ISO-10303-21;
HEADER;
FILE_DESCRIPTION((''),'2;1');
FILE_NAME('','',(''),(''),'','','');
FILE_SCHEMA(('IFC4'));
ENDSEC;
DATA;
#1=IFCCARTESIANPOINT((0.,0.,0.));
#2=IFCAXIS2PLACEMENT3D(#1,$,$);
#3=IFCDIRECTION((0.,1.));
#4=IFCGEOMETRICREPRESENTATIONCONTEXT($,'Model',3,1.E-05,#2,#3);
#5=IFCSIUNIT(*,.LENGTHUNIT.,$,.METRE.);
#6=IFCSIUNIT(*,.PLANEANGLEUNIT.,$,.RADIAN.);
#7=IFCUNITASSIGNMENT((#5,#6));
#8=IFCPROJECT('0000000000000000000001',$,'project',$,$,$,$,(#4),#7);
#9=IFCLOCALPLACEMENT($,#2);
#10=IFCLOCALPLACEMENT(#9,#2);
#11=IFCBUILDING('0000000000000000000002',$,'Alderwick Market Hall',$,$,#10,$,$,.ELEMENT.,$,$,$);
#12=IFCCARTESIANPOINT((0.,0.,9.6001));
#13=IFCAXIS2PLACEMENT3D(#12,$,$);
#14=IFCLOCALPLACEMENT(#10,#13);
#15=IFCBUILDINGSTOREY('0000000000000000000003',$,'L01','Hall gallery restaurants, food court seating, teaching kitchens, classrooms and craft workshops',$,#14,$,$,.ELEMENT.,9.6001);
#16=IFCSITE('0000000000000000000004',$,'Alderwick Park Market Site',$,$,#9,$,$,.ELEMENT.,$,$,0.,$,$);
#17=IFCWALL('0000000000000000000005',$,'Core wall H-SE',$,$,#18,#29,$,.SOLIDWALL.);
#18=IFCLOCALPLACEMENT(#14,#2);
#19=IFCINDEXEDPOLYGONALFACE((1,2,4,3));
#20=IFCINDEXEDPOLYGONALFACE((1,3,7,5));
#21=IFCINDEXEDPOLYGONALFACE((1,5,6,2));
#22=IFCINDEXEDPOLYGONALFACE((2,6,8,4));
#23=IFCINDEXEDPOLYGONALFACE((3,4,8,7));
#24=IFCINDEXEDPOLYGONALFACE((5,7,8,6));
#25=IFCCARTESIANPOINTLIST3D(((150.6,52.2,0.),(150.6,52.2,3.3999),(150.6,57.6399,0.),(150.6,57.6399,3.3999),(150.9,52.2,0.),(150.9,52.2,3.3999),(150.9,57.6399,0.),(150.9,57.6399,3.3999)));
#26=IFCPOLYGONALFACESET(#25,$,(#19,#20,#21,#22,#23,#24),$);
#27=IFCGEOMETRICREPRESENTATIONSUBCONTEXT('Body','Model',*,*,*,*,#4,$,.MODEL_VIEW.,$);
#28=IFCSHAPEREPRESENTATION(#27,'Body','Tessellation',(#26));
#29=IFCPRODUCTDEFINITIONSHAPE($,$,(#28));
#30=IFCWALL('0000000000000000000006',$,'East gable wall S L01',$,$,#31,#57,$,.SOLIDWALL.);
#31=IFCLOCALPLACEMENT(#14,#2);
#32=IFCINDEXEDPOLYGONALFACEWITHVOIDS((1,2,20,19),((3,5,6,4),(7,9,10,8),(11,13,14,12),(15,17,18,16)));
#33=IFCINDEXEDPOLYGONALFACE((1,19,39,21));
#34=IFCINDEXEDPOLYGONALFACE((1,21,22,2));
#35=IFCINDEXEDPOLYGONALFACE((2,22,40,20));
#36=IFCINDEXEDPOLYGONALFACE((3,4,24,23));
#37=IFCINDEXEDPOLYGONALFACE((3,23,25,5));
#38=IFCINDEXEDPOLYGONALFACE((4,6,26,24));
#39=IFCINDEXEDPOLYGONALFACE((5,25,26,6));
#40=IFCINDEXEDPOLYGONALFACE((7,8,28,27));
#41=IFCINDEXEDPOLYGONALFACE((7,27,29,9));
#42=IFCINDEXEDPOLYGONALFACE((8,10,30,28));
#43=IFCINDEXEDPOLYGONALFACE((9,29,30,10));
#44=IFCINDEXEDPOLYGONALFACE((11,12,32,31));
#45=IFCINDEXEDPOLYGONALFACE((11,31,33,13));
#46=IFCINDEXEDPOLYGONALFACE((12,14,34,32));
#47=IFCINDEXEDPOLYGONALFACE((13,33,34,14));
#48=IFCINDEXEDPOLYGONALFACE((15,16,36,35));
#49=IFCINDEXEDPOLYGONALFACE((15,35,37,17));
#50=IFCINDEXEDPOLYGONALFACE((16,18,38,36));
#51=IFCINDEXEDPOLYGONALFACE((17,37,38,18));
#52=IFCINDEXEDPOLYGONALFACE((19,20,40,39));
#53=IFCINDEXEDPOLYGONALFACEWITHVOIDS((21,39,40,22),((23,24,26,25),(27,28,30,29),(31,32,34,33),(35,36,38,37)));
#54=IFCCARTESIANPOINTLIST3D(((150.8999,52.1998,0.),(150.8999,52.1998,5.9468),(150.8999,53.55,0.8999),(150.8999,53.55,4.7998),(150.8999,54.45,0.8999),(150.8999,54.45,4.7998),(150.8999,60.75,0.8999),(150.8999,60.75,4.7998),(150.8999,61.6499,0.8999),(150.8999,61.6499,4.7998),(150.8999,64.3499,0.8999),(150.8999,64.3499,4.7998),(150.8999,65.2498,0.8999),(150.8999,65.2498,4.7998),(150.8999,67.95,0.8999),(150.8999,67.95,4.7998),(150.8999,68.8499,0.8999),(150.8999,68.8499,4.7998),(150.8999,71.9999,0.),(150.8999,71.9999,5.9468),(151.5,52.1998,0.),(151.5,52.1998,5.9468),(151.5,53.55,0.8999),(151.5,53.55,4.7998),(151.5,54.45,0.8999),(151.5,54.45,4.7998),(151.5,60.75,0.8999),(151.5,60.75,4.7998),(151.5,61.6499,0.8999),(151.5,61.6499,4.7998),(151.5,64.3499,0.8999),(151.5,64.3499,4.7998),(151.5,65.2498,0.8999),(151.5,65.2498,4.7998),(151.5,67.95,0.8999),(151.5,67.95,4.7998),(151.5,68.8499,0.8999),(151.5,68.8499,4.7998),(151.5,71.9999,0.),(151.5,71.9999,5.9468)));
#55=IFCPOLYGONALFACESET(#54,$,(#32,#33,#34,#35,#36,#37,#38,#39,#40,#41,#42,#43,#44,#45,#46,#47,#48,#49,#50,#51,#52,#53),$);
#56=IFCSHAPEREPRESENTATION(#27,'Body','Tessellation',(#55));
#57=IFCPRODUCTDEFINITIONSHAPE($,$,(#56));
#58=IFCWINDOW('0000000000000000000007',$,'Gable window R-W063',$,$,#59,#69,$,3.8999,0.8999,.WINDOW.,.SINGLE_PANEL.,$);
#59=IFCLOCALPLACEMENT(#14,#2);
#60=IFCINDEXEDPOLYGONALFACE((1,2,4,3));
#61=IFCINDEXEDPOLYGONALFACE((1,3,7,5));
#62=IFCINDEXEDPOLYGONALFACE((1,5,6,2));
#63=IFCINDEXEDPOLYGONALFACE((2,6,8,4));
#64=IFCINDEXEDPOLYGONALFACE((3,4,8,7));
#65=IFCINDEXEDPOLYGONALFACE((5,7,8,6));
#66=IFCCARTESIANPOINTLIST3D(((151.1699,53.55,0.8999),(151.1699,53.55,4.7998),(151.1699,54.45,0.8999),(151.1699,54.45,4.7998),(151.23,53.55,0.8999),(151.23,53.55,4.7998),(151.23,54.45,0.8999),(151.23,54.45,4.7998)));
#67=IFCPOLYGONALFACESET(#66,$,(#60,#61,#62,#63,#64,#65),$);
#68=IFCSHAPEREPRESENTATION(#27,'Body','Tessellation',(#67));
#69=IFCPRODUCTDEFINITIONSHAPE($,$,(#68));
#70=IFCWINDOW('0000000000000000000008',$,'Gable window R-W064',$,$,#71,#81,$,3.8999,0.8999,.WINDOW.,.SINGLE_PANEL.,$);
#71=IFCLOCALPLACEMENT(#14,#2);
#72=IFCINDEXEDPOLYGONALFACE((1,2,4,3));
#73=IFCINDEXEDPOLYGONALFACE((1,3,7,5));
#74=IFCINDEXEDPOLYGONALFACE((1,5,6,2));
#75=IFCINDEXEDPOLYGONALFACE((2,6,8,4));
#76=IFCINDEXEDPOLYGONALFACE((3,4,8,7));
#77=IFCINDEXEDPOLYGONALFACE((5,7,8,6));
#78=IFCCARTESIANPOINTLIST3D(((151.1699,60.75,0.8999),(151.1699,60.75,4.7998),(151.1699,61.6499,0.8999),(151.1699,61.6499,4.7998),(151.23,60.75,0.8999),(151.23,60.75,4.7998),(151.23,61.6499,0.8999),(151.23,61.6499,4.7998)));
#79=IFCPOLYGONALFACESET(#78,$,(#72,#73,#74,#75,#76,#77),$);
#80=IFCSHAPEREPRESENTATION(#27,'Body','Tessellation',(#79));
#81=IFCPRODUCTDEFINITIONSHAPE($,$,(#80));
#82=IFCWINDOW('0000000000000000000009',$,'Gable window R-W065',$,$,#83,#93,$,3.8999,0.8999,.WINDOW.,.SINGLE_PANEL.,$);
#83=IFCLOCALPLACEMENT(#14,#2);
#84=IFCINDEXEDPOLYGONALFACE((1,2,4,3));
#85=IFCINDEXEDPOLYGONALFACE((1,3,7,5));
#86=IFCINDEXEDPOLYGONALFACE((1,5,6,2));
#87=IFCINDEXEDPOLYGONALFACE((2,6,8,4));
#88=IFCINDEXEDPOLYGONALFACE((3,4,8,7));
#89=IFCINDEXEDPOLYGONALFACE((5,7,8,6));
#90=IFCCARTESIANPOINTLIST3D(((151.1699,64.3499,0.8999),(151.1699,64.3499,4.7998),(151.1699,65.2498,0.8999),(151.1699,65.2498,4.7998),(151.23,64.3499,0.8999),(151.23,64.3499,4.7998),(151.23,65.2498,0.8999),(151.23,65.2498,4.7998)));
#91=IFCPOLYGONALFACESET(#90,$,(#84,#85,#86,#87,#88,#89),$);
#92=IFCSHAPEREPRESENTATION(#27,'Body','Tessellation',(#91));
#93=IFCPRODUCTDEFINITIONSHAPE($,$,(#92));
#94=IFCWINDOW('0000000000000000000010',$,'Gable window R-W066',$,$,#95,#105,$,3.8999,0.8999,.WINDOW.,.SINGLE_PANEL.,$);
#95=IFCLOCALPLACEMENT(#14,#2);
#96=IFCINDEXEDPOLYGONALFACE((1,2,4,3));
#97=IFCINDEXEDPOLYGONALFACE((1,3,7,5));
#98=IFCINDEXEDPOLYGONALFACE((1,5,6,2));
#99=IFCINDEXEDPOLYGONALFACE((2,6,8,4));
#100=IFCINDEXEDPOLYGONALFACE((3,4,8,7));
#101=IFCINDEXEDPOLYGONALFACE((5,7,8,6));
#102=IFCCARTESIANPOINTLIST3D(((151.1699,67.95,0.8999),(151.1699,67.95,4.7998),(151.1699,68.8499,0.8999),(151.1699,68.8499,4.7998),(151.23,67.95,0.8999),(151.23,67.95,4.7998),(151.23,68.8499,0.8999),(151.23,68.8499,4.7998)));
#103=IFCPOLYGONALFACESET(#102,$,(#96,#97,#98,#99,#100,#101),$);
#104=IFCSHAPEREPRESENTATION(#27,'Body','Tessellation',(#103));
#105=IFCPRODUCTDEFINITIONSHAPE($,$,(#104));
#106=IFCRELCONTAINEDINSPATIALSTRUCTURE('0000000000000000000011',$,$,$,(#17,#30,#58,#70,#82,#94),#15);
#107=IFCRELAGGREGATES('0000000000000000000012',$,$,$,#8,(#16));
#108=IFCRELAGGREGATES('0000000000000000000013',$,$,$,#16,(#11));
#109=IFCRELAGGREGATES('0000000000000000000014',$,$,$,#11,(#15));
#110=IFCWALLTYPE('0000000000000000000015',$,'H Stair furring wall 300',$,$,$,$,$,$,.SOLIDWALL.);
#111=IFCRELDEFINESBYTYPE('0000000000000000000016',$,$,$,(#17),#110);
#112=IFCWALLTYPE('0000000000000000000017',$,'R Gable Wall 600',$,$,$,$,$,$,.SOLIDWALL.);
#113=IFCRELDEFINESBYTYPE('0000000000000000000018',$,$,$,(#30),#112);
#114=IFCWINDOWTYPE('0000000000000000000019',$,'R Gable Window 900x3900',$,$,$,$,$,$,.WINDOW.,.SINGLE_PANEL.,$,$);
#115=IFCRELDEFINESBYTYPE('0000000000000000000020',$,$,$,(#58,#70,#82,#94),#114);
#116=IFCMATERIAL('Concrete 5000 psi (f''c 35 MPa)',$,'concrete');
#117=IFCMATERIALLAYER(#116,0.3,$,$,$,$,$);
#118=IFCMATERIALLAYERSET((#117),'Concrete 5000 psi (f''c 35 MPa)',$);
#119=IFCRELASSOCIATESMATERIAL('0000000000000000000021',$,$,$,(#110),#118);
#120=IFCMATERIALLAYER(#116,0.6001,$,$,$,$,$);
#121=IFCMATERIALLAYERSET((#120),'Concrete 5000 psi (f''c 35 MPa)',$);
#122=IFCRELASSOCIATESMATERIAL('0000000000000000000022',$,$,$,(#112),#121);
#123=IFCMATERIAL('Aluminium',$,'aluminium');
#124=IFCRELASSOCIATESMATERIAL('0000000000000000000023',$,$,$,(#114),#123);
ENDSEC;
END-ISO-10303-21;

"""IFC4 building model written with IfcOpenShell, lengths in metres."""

from ifc_helpers import new_model, si_unit, direction, frame, frame_2d, origin, place, context, subcontext, project, spatial, rectangle, extrude, material, layer, layer_set, type_object, element, fill, save


model = new_model("IFC4")

# Units and contexts
model_context = context("Model", 3, precision=1e-05, world=origin(), true_north=direction((0.0, 1.0)))
body_context = subcontext(model_context, "Body", "Model", "MODEL_VIEW")
ifc_project = project(units=[si_unit("LENGTHUNIT", "METRE"), si_unit("PLANEANGLEUNIT", "RADIAN")], contexts=[model_context])

# Site, building, storey
site_placement = place(None, origin())
site = spatial("IfcSite", under=ifc_project, at=site_placement, Name="Alderwick Park Market Site", CompositionType="ELEMENT", RefElevation=0.0)
building_placement = place(site_placement, origin())
building = spatial("IfcBuilding", under=site, at=building_placement, Name="Alderwick Market Hall", CompositionType="ELEMENT")
storey_placement = place(building_placement, frame((0.0, 0.0, 9.6001)))
storey = spatial("IfcBuildingStorey", under=building, at=storey_placement, Name="L01", Description="Hall gallery restaurants, food court seating, teaching kitchens, classrooms and craft workshops", CompositionType="ELEMENT", Elevation=9.6001)

# Shared definitions
ifc_material_1 = material(Name="Concrete 5000 psi (f'c 35 MPa)", Category="concrete")

# Shared definitions
ifc_material_2 = material(Name="Aluminium", Category="aluminium")

# Wall
ifc_layer_1 = layer(ifc_material_1, 0.3)
ifc_layer_set_1 = layer_set([ifc_layer_1], Name="Concrete 5000 psi (f'c 35 MPa)")
wall_type_1 = type_object("IfcWallType", Name="H Stair furring wall 300", PredefinedType="SOLIDWALL", material=ifc_layer_set_1)
wall_1_placement = place(storey_placement, frame((150.75, 52.2, 0.0), z_axis=(0.0, 0.0, 1.0), x_axis=(0.0, 1.0, 0.0)))
element("IfcWall", 1, at=wall_1_placement, inside=storey, type_object=wall_type_1, Name="Core wall H-SE", PredefinedType="SOLIDWALL", context=body_context, shape_type="SweptSolid", body=[
    extrude(rectangle(XDim=5.4399, YDim=0.3, at=frame_2d((2.72, 0.0))), origin(), (0.0, 0.0, 1.0), 3.3999),
])

# Wall, openings, windows
ifc_layer_2 = layer(ifc_material_1, 0.6001)
ifc_layer_set_2 = layer_set([ifc_layer_2], Name="Concrete 5000 psi (f'c 35 MPa)")
wall_type_2 = type_object("IfcWallType", Name="R Gable Wall 600", PredefinedType="SOLIDWALL", material=ifc_layer_set_2)
wall_2_placement = place(storey_placement, frame((151.2, 52.2, 0.0), z_axis=(0.0, 0.0, 1.0), x_axis=(0.0, 1.0, 0.0)))
wall_2 = element("IfcWall", 2, at=wall_2_placement, inside=storey, type_object=wall_type_2, Name="East gable wall S L01", PredefinedType="SOLIDWALL", context=body_context, shape_type="SweptSolid", body=[
    extrude(rectangle(XDim=19.8, YDim=0.6001, at=frame_2d((9.8999, 0.0))), origin(), (0.0, 0.0, 1.0), 5.9468),
])
opening_1_placement = place(wall_2_placement, frame((1.3501, 0.0, 0.8999)))
opening_1 = element("IfcOpeningElement", 3, at=opening_1_placement, cuts=wall_2, PredefinedType="OPENING", context=body_context, shape_type="SweptSolid", body=[
    extrude(rectangle(XDim=0.8999, YDim=3.8999, at=frame_2d((0.45, 1.95))), frame((0.0, 0.3101, 0.0), z_axis=(0.0, -1.0, 0.0), x_axis=(1.0, 0.0, 0.0)), (0.0, 0.0, 1.0), 0.6201),
])
opening_2_placement = place(wall_2_placement, frame((8.55, 0.0, 0.8999)))
opening_2 = element("IfcOpeningElement", 4, at=opening_2_placement, cuts=wall_2, PredefinedType="OPENING", context=body_context, shape_type="SweptSolid", body=[
    extrude(rectangle(XDim=0.8999, YDim=3.8999, at=frame_2d((0.45, 1.95))), frame((0.0, 0.3101, 0.0), z_axis=(0.0, -1.0, 0.0), x_axis=(1.0, 0.0, 0.0)), (0.0, 0.0, 1.0), 0.6201),
])
opening_3_placement = place(wall_2_placement, frame((12.1499, 0.0, 0.8999)))
opening_3 = element("IfcOpeningElement", 5, at=opening_3_placement, cuts=wall_2, PredefinedType="OPENING", context=body_context, shape_type="SweptSolid", body=[
    extrude(rectangle(XDim=0.8999, YDim=3.8999, at=frame_2d((0.45, 1.95))), frame((0.0, 0.3101, 0.0), z_axis=(0.0, -1.0, 0.0), x_axis=(1.0, 0.0, 0.0)), (0.0, 0.0, 1.0), 0.6201),
])
opening_4_placement = place(wall_2_placement, frame((15.75, 0.0, 0.8999)))
opening_4 = element("IfcOpeningElement", 6, at=opening_4_placement, cuts=wall_2, PredefinedType="OPENING", context=body_context, shape_type="SweptSolid", body=[
    extrude(rectangle(XDim=0.8999, YDim=3.8999, at=frame_2d((0.45, 1.95))), frame((0.0, 0.3101, 0.0), z_axis=(0.0, -1.0, 0.0), x_axis=(1.0, 0.0, 0.0)), (0.0, 0.0, 1.0), 0.6201),
])
window_type = type_object("IfcWindowType", Name="R Gable Window 900x3900", PartitioningType="SINGLE_PANEL", PredefinedType="WINDOW", material=ifc_material_2)
window_1_placement = place(opening_1_placement, origin())
window_1 = element("IfcWindow", 7, at=window_1_placement, inside=storey, type_object=window_type, Name="Gable window R-W063", OverallHeight=3.8999, OverallWidth=0.8999, PartitioningType="SINGLE_PANEL", PredefinedType="WINDOW", context=body_context, shape_type="SweptSolid", body=[
    extrude(rectangle(XDim=0.8999, YDim=3.8999, at=frame_2d((0.45, 1.95))), frame((0.0, 0.03, 0.0), z_axis=(0.0, -1.0, 0.0), x_axis=(1.0, 0.0, 0.0)), (0.0, 0.0, 1.0), 0.0601),
])
fill(opening_1, window_1)
window_2_placement = place(opening_2_placement, origin())
window_2 = element("IfcWindow", 8, at=window_2_placement, inside=storey, type_object=window_type, Name="Gable window R-W064", OverallHeight=3.8999, OverallWidth=0.8999, PartitioningType="SINGLE_PANEL", PredefinedType="WINDOW", context=body_context, shape_type="SweptSolid", body=[
    extrude(rectangle(XDim=0.8999, YDim=3.8999, at=frame_2d((0.45, 1.95))), frame((0.0, 0.03, 0.0), z_axis=(0.0, -1.0, 0.0), x_axis=(1.0, 0.0, 0.0)), (0.0, 0.0, 1.0), 0.0601),
])
fill(opening_2, window_2)
window_3_placement = place(opening_3_placement, origin())
window_3 = element("IfcWindow", 9, at=window_3_placement, inside=storey, type_object=window_type, Name="Gable window R-W065", OverallHeight=3.8999, OverallWidth=0.8999, PartitioningType="SINGLE_PANEL", PredefinedType="WINDOW", context=body_context, shape_type="SweptSolid", body=[
    extrude(rectangle(XDim=0.8999, YDim=3.8999, at=frame_2d((0.45, 1.95))), frame((0.0, 0.03, 0.0), z_axis=(0.0, -1.0, 0.0), x_axis=(1.0, 0.0, 0.0)), (0.0, 0.0, 1.0), 0.0601),
])
fill(opening_3, window_3)
window_4_placement = place(opening_4_placement, origin())
window_4 = element("IfcWindow", 10, at=window_4_placement, inside=storey, type_object=window_type, Name="Gable window R-W066", OverallHeight=3.8999, OverallWidth=0.8999, PartitioningType="SINGLE_PANEL", PredefinedType="WINDOW", context=body_context, shape_type="SweptSolid", body=[
    extrude(rectangle(XDim=0.8999, YDim=3.8999, at=frame_2d((0.45, 1.95))), frame((0.0, 0.03, 0.0), z_axis=(0.0, -1.0, 0.0), x_axis=(1.0, 0.0, 0.0)), (0.0, 0.0, 1.0), 0.0601),
])
fill(opening_4, window_4)

save(model, "model.ifc")
